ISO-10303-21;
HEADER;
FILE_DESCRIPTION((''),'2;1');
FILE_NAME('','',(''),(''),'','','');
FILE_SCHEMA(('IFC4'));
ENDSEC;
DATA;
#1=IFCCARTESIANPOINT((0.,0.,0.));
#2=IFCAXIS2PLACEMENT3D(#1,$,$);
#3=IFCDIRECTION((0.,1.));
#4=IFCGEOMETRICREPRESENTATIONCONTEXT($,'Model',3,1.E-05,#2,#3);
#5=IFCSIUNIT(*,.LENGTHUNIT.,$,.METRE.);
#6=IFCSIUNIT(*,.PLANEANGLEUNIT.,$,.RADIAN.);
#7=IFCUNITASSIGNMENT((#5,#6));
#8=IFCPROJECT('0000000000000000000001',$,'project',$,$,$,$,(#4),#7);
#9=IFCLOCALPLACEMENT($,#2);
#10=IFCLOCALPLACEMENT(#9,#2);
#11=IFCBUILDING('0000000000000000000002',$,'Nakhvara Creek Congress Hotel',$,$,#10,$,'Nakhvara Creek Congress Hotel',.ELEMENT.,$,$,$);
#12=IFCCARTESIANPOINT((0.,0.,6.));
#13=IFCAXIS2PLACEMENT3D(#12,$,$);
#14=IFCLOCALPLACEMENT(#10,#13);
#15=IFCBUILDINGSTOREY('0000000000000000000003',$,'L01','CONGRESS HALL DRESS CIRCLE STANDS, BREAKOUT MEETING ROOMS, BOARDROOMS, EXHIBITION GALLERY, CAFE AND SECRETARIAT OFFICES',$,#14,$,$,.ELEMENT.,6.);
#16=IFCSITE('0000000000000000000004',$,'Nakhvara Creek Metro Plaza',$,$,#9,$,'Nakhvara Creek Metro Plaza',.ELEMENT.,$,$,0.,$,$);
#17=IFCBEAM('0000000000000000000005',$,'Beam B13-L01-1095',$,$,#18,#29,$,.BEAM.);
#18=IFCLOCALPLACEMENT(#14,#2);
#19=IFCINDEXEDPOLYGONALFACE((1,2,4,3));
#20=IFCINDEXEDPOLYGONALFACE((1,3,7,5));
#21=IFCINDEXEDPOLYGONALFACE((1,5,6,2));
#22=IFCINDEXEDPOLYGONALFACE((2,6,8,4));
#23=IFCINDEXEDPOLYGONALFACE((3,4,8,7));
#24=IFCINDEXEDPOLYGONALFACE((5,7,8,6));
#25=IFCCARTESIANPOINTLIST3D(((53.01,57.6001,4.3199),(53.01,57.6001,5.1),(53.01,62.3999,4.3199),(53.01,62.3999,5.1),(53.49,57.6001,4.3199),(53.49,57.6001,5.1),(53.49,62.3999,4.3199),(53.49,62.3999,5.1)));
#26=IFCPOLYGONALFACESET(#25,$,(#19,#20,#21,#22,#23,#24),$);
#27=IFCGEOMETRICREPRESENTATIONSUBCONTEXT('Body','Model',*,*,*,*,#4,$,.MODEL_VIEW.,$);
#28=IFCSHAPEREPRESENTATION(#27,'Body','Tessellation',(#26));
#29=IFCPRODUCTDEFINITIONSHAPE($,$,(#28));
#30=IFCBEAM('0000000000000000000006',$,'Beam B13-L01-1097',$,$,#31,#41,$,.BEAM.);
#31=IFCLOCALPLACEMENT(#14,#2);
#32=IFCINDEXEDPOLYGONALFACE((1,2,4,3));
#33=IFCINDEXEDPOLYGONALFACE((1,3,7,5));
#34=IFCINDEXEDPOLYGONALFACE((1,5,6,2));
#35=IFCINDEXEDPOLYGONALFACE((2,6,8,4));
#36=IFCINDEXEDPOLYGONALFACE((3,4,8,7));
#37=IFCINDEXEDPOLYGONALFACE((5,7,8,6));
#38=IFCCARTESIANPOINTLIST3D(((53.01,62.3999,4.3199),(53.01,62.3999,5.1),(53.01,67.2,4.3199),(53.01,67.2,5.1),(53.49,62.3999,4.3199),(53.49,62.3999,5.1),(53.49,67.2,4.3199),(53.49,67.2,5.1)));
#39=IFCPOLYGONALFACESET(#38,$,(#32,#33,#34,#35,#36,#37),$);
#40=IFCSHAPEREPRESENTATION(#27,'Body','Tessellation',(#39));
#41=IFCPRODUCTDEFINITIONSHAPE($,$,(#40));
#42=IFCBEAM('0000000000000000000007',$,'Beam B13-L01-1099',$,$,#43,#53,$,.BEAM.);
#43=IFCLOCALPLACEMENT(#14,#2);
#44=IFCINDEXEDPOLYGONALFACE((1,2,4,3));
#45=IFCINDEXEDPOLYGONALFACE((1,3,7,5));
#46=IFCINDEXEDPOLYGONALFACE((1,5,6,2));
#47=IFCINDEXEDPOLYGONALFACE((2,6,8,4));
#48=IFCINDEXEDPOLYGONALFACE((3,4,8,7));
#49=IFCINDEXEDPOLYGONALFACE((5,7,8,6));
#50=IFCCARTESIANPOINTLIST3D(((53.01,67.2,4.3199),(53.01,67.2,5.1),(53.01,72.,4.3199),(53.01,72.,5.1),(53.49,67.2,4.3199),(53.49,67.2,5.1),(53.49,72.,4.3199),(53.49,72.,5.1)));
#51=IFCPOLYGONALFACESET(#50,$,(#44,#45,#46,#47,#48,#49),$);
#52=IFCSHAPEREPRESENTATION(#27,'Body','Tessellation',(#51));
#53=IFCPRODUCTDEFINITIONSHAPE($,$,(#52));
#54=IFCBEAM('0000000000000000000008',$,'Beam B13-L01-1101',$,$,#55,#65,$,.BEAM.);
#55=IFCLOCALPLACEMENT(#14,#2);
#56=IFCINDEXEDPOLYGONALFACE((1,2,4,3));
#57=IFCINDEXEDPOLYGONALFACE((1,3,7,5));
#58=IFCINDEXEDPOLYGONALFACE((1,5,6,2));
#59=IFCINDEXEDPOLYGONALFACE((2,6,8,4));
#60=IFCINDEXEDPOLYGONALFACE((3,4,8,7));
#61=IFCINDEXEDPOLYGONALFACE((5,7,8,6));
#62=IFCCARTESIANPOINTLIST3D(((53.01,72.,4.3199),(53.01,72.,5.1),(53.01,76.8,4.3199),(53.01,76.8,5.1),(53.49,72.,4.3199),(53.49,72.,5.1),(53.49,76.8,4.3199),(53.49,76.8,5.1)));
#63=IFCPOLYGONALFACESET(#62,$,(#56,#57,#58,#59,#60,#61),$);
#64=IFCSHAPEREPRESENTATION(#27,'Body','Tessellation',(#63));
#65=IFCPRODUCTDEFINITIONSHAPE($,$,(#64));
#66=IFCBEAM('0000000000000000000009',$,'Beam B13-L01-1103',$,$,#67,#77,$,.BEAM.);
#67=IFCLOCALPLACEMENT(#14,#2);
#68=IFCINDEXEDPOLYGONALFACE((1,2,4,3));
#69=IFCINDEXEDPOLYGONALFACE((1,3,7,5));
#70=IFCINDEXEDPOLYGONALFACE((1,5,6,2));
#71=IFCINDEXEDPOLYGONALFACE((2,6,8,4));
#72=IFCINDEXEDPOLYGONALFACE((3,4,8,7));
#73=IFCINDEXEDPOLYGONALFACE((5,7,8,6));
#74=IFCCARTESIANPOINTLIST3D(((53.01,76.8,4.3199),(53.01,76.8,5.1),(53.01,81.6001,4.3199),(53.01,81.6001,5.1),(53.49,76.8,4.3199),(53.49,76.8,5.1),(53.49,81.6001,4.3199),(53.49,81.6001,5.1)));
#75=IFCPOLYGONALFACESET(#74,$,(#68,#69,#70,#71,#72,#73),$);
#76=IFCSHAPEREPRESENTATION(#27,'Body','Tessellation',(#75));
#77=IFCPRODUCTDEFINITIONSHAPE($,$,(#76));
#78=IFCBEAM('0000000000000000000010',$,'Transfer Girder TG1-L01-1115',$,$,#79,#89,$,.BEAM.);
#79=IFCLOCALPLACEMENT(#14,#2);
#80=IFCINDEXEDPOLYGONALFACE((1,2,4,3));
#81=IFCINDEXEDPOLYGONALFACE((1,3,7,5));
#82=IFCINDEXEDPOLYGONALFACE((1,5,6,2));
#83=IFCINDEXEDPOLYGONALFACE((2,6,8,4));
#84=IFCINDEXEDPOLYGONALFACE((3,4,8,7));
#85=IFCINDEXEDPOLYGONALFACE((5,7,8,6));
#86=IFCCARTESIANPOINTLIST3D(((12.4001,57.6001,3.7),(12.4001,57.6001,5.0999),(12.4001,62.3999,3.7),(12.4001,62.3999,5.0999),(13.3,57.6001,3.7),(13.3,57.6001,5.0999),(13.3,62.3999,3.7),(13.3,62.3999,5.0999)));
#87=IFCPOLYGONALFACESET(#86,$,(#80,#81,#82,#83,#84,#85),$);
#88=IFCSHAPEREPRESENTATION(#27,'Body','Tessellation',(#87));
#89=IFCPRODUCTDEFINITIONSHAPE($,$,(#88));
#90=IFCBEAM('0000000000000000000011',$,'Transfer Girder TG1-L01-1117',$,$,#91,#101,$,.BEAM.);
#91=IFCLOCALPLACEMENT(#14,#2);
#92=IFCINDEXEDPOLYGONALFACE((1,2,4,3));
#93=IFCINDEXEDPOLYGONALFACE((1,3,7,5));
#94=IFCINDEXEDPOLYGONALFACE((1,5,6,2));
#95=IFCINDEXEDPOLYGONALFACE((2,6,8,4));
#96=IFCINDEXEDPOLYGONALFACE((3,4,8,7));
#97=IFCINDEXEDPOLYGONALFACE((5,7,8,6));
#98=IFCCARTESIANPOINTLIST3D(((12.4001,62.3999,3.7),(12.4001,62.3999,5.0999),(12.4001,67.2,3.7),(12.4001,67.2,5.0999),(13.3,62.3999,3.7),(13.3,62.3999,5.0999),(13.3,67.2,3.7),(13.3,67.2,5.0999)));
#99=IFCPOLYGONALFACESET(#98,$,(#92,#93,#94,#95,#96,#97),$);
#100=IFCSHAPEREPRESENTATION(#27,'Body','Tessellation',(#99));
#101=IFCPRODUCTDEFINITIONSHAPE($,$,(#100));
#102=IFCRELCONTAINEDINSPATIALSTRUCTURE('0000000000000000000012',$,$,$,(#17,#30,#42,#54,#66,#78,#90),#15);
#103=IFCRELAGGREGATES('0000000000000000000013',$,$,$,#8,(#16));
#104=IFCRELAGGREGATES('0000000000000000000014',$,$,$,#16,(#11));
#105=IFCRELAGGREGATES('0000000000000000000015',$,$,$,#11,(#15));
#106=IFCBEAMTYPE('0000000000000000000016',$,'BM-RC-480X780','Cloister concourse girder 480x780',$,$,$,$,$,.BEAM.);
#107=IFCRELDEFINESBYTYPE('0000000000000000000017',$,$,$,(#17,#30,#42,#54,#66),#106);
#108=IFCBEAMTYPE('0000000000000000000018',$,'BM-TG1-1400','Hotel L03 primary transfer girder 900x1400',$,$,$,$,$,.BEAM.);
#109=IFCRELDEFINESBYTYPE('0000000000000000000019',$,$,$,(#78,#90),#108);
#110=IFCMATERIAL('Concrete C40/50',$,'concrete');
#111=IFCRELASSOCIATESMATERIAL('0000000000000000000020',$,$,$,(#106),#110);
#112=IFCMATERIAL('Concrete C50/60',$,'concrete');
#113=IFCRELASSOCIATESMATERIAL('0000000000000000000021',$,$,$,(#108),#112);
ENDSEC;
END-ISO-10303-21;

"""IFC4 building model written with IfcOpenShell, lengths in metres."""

from ifc_helpers import new_model, si_unit, direction, frame, origin, origin_2d, place, context, subcontext, project, spatial, rectangle, extrude, material, material_profile, profile_set, type_object, element, save


model = new_model("IFC4")

# Units and contexts
model_context = context("Model", 3, precision=1e-05, world=origin(), true_north=direction((0.0, 1.0)))
body_context = subcontext(model_context, "Body", "Model", "MODEL_VIEW")
ifc_project = project(units=[si_unit("LENGTHUNIT", "METRE"), si_unit("PLANEANGLEUNIT", "RADIAN")], contexts=[model_context])

# Site, building, storey
site_placement = place(None, origin())
site = spatial("IfcSite", under=ifc_project, at=site_placement, Name="Nakhvara Creek Metro Plaza", LongName="Nakhvara Creek Metro Plaza", CompositionType="ELEMENT", RefElevation=0.0)
building_placement = place(site_placement, origin())
building = spatial("IfcBuilding", under=site, at=building_placement, Name="Nakhvara Creek Congress Hotel", LongName="Nakhvara Creek Congress Hotel", CompositionType="ELEMENT")
storey_placement = place(building_placement, frame((0.0, 0.0, 6.0)))
storey = spatial("IfcBuildingStorey", under=building, at=storey_placement, Name="L01", Description="CONGRESS HALL DRESS CIRCLE STANDS, BREAKOUT MEETING ROOMS, BOARDROOMS, EXHIBITION GALLERY, CAFE AND SECRETARIAT OFFICES", CompositionType="ELEMENT", Elevation=6.0)

# Shared definitions
ifc_material_1 = material(Name="Concrete C50/60", Category="concrete")

# Beams
ifc_material_2 = material(Name="Concrete C40/50", Category="concrete")
ifc_material_profile_1 = material_profile(ifc_material_2, rectangle(XDim=0.48, YDim=0.78, at=origin_2d()), Name="RC-BM 480x780", Category="LoadBearing")
ifc_profile_set_1 = profile_set([ifc_material_profile_1], Name="Concrete C40/50")
beam_type_1 = type_object("IfcBeamType", Name="BM-RC-480X780", Description="Cloister concourse girder 480x780", PredefinedType="BEAM", material=ifc_profile_set_1)
beam_1_placement = place(storey_placement, frame((53.25, 57.6001, 4.71), z_axis=(0.0, 1.0, 0.0), x_axis=(-1.0, 0.0, 0.0)))
element("IfcBeam", 1, at=beam_1_placement, inside=storey, type_object=beam_type_1, Name="Beam B13-L01-1095", PredefinedType="BEAM", context=body_context, shape_type="SweptSolid", body=[
    extrude(rectangle(XDim=0.48, YDim=0.78, at=origin_2d()), origin(), (0.0, 0.0, 1.0), 4.7998),
])
for number, where, z_axis, x_axis, name in (
    (2, (53.25, 62.3999, 4.71), (0.0, 1.0, 0.0), (-1.0, 0.0, 0.0), "Beam B13-L01-1097"),
    (3, (53.25, 67.2, 4.71), (0.0, 1.0, 0.0), (-1.0, 0.0, 0.0), "Beam B13-L01-1099"),
    (4, (53.25, 72.0, 4.71), (0.0, 1.0, 0.0), (-1.0, 0.0, 0.0), "Beam B13-L01-1101"),
    (5, (53.25, 76.8, 4.71), (0.0, 1.0, 0.0), (-1.0, 0.0, 0.0), "Beam B13-L01-1103"),
):
    element("IfcBeam", number, at=place(storey_placement, frame(where, z_axis=z_axis, x_axis=x_axis)), inside=storey, type_object=beam_type_1, Name=name, PredefinedType="BEAM", context=body_context, shape_type="SweptSolid", body=[
        extrude(rectangle(XDim=0.48, YDim=0.78, at=origin_2d()), origin(), (0.0, 0.0, 1.0), 4.8),
    ])
ifc_material_profile_2 = material_profile(ifc_material_1, rectangle(XDim=0.8999, YDim=1.3999, at=origin_2d()), Name="RC-TG 900x1400", Category="LoadBearing")
ifc_profile_set_2 = profile_set([ifc_material_profile_2], Name="Concrete C50/60")
beam_type_2 = type_object("IfcBeamType", Name="BM-TG1-1400", Description="Hotel L03 primary transfer girder 900x1400", PredefinedType="BEAM", material=ifc_profile_set_2)
beam_2_placement = place(storey_placement, frame((12.8501, 57.6001, 4.3999), z_axis=(0.0, 1.0, 0.0), x_axis=(-1.0, 0.0, 0.0)))
element("IfcBeam", 6, at=beam_2_placement, inside=storey, type_object=beam_type_2, Name="Transfer Girder TG1-L01-1115", PredefinedType="BEAM", context=body_context, shape_type="SweptSolid", body=[
    extrude(rectangle(XDim=0.8999, YDim=1.3999, at=origin_2d()), origin(), (0.0, 0.0, 1.0), 4.7998),
])
beam_3_placement = place(storey_placement, frame((12.8501, 62.3999, 4.3999), z_axis=(0.0, 1.0, 0.0), x_axis=(-1.0, 0.0, 0.0)))
element("IfcBeam", 7, at=beam_3_placement, inside=storey, type_object=beam_type_2, Name="Transfer Girder TG1-L01-1117", PredefinedType="BEAM", context=body_context, shape_type="SweptSolid", body=[
    extrude(rectangle(XDim=0.8999, YDim=1.3999, at=origin_2d()), origin(), (0.0, 0.0, 1.0), 4.8),
])

save(model, "model.ifc")
